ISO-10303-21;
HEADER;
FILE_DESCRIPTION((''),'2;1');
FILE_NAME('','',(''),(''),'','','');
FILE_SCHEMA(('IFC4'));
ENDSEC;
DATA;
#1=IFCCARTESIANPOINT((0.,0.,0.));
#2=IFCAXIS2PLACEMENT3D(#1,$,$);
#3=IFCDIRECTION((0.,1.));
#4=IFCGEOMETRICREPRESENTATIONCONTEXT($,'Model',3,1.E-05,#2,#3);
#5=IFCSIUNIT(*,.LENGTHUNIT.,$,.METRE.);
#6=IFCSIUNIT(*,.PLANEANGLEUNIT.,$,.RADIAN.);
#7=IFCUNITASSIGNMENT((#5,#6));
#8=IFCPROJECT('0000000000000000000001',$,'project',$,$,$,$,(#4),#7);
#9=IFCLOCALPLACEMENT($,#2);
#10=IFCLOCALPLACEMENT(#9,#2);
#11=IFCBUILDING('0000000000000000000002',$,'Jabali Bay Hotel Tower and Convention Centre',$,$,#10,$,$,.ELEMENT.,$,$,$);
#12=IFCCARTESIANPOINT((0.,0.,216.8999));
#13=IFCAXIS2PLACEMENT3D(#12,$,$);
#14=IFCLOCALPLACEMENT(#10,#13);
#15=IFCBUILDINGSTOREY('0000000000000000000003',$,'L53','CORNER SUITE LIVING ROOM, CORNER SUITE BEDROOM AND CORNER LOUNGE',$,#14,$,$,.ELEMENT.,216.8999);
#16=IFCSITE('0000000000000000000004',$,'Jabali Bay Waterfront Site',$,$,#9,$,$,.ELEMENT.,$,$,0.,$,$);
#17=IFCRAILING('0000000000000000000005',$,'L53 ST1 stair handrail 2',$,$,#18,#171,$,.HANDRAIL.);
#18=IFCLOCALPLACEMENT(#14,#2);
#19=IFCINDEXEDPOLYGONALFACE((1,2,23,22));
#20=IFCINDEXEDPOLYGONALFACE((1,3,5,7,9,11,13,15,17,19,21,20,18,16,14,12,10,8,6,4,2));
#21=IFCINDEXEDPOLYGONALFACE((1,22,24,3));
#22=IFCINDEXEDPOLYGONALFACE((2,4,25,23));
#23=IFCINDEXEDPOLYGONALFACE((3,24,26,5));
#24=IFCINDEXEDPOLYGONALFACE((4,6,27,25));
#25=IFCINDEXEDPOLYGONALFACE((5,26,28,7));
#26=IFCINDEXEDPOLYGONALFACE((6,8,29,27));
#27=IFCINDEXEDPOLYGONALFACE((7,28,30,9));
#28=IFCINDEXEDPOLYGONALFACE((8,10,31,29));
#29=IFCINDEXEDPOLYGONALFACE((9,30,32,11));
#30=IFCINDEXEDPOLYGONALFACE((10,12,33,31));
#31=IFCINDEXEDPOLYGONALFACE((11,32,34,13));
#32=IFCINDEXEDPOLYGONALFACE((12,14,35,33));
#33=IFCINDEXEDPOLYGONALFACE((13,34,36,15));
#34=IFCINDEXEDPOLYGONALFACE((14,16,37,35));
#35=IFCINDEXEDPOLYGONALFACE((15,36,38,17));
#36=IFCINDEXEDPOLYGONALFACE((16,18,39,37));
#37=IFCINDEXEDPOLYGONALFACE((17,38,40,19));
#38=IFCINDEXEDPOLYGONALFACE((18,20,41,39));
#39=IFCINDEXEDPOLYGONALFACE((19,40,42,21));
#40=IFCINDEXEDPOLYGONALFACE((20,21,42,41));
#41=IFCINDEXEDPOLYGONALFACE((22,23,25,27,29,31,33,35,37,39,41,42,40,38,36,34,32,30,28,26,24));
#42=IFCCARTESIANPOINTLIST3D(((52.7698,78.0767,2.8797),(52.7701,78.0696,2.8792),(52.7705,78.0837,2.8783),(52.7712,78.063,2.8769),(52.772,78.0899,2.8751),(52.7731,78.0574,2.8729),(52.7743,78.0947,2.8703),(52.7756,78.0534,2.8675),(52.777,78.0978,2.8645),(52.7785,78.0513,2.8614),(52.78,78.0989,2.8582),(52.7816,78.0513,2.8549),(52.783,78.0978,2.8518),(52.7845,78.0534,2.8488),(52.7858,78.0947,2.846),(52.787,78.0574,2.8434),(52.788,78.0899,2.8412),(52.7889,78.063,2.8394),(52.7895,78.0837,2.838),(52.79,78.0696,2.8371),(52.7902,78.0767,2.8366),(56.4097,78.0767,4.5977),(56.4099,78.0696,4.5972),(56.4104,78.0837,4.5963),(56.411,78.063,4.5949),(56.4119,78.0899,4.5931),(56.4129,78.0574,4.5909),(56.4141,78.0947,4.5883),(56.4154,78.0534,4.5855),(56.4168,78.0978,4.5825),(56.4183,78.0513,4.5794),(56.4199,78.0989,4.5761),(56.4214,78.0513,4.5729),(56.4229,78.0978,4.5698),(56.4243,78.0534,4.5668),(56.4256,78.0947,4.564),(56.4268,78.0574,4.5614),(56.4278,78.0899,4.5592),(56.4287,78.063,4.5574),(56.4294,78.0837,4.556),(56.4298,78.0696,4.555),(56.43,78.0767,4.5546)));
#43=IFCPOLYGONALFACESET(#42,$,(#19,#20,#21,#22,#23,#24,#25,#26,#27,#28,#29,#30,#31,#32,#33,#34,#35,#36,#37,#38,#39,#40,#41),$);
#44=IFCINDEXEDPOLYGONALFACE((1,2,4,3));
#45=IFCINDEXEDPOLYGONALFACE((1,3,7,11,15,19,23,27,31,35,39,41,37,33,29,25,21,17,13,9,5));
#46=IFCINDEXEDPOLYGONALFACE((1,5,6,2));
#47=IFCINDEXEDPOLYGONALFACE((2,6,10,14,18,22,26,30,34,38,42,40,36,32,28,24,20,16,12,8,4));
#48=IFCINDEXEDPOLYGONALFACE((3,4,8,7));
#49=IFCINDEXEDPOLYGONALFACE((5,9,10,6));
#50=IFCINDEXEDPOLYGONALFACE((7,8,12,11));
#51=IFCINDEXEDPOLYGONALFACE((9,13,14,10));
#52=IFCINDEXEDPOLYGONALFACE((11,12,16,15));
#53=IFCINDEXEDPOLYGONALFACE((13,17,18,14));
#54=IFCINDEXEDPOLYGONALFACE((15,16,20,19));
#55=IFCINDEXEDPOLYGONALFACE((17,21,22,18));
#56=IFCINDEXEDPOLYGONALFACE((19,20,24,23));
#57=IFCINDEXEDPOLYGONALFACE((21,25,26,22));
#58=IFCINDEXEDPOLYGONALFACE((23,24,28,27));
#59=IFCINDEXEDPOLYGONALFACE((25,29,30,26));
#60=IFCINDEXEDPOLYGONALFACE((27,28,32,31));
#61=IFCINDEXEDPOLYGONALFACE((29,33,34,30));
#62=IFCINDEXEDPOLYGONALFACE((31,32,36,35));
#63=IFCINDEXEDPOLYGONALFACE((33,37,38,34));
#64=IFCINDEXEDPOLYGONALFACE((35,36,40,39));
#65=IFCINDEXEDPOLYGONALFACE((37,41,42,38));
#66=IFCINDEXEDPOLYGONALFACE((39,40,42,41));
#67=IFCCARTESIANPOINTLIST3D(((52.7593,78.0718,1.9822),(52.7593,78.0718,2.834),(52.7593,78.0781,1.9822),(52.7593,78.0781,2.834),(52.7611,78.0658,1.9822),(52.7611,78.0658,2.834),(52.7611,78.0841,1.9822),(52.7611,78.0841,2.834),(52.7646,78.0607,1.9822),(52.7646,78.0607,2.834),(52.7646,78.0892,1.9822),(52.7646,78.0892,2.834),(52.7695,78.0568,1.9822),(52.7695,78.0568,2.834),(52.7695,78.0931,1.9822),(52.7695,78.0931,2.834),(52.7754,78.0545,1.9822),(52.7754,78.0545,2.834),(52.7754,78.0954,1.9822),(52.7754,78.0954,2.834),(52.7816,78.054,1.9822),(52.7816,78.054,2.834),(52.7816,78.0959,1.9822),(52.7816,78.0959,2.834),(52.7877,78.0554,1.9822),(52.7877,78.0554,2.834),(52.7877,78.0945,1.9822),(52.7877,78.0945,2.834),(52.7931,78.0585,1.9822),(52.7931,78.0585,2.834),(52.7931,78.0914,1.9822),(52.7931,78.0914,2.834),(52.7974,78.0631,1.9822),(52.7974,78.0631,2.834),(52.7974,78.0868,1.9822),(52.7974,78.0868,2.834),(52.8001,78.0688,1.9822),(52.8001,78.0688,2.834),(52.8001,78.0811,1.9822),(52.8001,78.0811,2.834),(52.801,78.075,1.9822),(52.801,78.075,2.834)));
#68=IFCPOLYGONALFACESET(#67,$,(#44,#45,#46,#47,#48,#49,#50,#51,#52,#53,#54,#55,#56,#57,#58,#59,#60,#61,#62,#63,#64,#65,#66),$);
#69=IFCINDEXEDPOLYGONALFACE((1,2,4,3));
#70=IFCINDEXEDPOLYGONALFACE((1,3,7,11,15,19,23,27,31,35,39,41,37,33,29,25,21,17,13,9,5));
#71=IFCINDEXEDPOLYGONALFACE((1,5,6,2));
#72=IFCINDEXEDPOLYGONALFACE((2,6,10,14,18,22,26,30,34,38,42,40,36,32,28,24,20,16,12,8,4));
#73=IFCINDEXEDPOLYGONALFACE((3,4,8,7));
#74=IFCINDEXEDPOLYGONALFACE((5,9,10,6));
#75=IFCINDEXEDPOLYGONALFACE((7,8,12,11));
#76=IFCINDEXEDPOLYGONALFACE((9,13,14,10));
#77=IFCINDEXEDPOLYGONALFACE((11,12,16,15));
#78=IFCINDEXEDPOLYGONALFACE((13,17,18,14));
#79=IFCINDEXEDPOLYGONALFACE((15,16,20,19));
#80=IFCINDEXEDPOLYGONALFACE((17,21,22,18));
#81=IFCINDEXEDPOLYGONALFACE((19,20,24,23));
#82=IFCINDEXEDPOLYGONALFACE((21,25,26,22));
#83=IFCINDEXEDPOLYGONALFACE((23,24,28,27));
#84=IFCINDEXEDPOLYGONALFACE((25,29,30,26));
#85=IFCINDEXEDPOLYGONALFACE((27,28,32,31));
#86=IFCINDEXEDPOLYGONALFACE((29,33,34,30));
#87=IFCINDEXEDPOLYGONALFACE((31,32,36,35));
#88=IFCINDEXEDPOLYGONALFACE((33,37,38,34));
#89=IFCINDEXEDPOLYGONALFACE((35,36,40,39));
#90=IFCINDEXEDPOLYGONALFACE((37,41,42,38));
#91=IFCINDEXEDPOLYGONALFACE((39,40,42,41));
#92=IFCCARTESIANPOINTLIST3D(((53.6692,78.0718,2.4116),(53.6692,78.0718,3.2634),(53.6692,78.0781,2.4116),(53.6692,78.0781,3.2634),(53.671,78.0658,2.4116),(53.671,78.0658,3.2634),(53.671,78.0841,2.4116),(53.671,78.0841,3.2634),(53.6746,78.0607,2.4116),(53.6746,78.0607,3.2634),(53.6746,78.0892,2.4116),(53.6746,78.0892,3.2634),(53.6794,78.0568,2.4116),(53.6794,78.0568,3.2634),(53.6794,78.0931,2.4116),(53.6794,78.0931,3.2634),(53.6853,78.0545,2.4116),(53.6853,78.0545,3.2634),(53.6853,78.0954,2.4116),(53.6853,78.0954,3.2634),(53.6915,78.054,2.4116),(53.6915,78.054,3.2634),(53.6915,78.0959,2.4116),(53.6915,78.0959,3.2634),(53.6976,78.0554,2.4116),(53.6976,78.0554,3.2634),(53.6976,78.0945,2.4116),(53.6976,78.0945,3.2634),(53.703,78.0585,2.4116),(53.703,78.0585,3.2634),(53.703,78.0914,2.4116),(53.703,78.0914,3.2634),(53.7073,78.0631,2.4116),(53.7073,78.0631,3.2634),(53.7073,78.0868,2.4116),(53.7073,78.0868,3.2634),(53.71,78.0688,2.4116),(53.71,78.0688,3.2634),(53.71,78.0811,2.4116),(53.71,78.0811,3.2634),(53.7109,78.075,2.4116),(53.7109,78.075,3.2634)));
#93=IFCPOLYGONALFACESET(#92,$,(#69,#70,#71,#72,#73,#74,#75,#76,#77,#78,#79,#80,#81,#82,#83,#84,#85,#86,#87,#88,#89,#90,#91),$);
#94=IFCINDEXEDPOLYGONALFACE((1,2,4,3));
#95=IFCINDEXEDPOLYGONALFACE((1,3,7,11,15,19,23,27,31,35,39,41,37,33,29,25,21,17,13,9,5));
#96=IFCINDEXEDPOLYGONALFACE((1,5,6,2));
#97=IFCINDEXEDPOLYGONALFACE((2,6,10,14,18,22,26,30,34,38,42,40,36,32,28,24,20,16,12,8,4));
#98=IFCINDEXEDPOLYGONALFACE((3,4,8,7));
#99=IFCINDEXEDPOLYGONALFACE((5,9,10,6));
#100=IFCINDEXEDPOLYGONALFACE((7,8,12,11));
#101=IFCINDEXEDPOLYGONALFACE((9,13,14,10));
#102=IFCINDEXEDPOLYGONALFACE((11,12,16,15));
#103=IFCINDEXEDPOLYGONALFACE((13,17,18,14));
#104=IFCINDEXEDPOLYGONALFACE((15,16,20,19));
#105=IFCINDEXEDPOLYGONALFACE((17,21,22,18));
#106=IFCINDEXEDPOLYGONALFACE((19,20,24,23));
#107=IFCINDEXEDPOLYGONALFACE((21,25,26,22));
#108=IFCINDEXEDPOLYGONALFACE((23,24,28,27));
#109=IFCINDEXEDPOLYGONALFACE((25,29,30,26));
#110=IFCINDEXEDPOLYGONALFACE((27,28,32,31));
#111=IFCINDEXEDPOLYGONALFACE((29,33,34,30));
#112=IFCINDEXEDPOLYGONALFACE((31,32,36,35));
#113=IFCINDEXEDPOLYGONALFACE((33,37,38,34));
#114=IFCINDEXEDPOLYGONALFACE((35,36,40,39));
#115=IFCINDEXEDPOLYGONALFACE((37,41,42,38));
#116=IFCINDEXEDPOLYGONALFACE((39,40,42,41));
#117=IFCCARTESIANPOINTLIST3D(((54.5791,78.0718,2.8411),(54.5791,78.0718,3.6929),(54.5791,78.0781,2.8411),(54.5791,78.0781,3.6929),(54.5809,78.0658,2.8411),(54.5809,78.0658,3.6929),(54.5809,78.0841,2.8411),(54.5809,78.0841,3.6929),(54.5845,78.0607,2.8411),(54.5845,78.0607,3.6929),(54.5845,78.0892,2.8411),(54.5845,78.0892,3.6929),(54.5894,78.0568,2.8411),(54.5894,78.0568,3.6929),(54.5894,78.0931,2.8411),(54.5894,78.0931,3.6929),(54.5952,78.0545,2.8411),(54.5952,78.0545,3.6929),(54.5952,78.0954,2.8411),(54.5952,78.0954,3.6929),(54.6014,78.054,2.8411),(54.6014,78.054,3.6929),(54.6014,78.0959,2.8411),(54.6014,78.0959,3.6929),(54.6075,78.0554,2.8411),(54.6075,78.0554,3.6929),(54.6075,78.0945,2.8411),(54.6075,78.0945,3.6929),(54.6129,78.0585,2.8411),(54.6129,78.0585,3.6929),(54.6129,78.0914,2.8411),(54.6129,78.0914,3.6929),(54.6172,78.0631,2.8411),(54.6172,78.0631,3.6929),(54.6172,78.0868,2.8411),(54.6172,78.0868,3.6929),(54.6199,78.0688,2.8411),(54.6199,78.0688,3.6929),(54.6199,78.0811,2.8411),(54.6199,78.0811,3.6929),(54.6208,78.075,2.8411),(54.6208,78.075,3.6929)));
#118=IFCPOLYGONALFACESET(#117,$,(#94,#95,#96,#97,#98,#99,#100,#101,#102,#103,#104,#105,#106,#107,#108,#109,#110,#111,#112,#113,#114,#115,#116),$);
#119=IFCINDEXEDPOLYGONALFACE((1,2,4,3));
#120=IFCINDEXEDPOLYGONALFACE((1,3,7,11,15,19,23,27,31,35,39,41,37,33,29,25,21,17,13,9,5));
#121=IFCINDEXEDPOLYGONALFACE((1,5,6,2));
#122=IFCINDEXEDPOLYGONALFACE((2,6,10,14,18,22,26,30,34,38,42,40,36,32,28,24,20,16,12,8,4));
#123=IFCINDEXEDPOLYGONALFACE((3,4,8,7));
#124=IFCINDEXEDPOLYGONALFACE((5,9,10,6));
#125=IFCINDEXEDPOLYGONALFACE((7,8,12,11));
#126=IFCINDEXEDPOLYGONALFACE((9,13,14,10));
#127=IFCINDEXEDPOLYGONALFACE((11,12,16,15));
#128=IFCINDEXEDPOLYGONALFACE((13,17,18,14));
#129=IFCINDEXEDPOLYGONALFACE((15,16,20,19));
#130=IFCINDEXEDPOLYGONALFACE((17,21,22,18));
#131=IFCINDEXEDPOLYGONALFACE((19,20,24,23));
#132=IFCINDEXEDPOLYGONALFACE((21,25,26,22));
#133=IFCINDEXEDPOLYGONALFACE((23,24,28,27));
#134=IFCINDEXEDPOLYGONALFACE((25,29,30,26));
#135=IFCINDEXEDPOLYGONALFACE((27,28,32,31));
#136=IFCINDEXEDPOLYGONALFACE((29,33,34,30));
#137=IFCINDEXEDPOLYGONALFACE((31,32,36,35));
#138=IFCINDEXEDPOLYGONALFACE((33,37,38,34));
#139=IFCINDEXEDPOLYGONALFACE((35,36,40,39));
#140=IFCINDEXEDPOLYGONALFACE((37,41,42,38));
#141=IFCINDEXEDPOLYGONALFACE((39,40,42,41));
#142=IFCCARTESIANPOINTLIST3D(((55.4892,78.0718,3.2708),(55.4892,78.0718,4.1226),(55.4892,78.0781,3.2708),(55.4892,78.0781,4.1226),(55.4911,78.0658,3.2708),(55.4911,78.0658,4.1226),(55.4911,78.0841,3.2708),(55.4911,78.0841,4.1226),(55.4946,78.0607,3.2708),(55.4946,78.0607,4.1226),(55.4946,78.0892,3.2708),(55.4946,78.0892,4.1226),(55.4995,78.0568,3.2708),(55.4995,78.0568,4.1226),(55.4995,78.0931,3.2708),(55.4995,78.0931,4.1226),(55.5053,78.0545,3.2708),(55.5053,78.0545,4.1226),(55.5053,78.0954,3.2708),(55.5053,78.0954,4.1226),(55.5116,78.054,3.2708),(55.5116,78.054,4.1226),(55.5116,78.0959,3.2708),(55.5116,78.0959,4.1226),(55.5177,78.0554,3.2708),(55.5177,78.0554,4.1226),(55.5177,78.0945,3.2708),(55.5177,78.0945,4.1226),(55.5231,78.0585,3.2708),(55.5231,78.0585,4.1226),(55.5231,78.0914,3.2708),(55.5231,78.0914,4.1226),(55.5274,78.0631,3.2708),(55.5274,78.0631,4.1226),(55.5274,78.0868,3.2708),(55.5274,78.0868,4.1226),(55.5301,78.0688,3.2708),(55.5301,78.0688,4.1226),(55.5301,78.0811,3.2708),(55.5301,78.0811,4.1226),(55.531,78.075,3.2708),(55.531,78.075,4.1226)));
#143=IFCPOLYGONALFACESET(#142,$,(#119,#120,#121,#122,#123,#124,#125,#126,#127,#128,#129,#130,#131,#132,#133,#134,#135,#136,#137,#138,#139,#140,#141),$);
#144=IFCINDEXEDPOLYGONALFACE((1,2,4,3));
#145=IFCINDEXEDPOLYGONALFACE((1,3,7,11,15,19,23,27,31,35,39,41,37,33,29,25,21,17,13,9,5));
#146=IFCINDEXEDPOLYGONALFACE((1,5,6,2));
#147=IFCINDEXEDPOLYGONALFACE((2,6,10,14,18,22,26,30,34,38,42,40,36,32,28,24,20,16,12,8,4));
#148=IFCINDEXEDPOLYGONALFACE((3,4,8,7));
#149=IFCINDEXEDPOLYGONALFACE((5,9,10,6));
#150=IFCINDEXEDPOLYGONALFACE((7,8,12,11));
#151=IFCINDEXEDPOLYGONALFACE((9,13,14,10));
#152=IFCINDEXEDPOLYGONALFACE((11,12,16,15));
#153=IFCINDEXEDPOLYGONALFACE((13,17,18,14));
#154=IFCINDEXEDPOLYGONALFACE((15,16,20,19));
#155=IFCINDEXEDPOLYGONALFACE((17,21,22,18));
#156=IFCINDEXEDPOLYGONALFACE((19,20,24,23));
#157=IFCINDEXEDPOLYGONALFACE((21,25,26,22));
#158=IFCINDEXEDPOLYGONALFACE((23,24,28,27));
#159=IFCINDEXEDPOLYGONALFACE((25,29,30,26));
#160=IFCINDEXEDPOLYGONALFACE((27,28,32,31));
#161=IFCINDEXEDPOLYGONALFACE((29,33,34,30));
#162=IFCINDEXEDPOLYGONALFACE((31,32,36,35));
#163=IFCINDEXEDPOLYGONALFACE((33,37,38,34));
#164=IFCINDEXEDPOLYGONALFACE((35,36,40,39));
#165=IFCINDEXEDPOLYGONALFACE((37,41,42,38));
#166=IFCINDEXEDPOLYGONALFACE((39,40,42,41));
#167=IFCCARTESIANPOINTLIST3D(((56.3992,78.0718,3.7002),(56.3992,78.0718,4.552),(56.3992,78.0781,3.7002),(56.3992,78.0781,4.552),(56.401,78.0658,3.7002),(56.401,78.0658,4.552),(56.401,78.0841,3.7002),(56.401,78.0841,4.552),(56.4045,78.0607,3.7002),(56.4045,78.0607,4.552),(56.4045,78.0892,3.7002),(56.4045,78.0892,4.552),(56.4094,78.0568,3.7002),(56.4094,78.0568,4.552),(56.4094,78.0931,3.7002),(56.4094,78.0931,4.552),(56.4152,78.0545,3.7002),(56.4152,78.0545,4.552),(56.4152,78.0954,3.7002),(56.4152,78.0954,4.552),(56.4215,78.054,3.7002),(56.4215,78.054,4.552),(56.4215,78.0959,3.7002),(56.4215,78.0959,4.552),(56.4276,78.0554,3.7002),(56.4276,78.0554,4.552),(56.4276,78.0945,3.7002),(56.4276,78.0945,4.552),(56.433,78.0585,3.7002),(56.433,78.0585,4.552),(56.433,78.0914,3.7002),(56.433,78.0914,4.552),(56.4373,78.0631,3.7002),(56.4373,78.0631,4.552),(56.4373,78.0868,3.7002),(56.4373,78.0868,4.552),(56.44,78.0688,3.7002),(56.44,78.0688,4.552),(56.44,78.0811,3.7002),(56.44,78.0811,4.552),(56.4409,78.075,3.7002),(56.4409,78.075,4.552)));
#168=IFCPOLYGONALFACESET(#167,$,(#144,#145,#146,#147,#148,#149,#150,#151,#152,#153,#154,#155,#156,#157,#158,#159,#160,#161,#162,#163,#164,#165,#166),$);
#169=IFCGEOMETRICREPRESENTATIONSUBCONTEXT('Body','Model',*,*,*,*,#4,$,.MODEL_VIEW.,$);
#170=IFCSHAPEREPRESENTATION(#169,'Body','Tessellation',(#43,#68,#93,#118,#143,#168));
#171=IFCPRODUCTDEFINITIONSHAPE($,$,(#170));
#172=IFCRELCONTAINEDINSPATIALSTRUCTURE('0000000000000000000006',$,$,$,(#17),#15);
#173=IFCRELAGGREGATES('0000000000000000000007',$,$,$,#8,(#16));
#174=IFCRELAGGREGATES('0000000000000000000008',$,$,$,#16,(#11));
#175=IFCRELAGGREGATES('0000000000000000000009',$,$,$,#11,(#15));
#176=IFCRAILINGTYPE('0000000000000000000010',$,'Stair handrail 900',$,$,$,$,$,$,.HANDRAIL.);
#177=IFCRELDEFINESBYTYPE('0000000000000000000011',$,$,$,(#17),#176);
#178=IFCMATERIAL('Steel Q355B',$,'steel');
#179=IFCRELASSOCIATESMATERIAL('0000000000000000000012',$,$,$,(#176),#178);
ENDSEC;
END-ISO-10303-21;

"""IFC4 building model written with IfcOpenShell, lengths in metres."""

from ifc_helpers import new_model, si_unit, direction, frame, origin, origin_2d, place, context, subcontext, project, spatial, circle, extrude, material, type_object, element, save


model = new_model("IFC4")

# Units and contexts
model_context = context("Model", 3, precision=1e-05, world=origin(), true_north=direction((0.0, 1.0)))
body_context = subcontext(model_context, "Body", "Model", "MODEL_VIEW")
ifc_project = project(units=[si_unit("LENGTHUNIT", "METRE"), si_unit("PLANEANGLEUNIT", "RADIAN")], contexts=[model_context])

# Site, building, storey
site_placement = place(None, origin())
site = spatial("IfcSite", under=ifc_project, at=site_placement, Name="Jabali Bay Waterfront Site", CompositionType="ELEMENT", RefElevation=0.0)
building_placement = place(site_placement, origin())
building = spatial("IfcBuilding", under=site, at=building_placement, Name="Jabali Bay Hotel Tower and Convention Centre", CompositionType="ELEMENT")
storey_placement = place(building_placement, frame((0.0, 0.0, 216.8999)))
storey = spatial("IfcBuildingStorey", under=building, at=storey_placement, Name="L53", Description="CORNER SUITE LIVING ROOM, CORNER SUITE BEDROOM AND CORNER LOUNGE", CompositionType="ELEMENT", Elevation=216.8999)

# Railing
ifc_material_1 = material(Name="Steel Q355B", Category="steel")
railing_type = type_object("IfcRailingType", Name="Stair handrail 900", PredefinedType="HANDRAIL", material=ifc_material_1)
railing_placement = place(storey_placement, frame((52.78, 78.075, 1.9822)))
element("IfcRailing", 1, at=railing_placement, inside=storey, type_object=railing_type, Name="L53 ST1 stair handrail 2", PredefinedType="HANDRAIL", context=body_context, shape_type="SweptSolid", body=[
    extrude(circle(Radius=0.0239, at=origin_2d()), frame((0.0, 0.0, 0.876), z_axis=(0.904327, 0.0, 0.42684), x_axis=(0.0, 1.0, 0.0)), (0.0, 0.0, 1.0), 4.0249),
    extrude(circle(Radius=0.021, at=origin_2d()), origin(), (0.0, 0.0, 1.0), 0.8518),
    extrude(circle(Radius=0.021, at=origin_2d()), frame((0.9099, 0.0, 0.4294)), (0.0, 0.0, 1.0), 0.8518),
    extrude(circle(Radius=0.021, at=origin_2d()), frame((1.8198, 0.0, 0.8589)), (0.0, 0.0, 1.0), 0.8518),
    extrude(circle(Radius=0.021, at=origin_2d()), frame((2.73, 0.0, 1.2886)), (0.0, 0.0, 1.0), 0.8518),
    extrude(circle(Radius=0.021, at=origin_2d()), frame((3.6399, 0.0, 1.718)), (0.0, 0.0, 1.0), 0.8518),
])

save(model, "model.ifc")
